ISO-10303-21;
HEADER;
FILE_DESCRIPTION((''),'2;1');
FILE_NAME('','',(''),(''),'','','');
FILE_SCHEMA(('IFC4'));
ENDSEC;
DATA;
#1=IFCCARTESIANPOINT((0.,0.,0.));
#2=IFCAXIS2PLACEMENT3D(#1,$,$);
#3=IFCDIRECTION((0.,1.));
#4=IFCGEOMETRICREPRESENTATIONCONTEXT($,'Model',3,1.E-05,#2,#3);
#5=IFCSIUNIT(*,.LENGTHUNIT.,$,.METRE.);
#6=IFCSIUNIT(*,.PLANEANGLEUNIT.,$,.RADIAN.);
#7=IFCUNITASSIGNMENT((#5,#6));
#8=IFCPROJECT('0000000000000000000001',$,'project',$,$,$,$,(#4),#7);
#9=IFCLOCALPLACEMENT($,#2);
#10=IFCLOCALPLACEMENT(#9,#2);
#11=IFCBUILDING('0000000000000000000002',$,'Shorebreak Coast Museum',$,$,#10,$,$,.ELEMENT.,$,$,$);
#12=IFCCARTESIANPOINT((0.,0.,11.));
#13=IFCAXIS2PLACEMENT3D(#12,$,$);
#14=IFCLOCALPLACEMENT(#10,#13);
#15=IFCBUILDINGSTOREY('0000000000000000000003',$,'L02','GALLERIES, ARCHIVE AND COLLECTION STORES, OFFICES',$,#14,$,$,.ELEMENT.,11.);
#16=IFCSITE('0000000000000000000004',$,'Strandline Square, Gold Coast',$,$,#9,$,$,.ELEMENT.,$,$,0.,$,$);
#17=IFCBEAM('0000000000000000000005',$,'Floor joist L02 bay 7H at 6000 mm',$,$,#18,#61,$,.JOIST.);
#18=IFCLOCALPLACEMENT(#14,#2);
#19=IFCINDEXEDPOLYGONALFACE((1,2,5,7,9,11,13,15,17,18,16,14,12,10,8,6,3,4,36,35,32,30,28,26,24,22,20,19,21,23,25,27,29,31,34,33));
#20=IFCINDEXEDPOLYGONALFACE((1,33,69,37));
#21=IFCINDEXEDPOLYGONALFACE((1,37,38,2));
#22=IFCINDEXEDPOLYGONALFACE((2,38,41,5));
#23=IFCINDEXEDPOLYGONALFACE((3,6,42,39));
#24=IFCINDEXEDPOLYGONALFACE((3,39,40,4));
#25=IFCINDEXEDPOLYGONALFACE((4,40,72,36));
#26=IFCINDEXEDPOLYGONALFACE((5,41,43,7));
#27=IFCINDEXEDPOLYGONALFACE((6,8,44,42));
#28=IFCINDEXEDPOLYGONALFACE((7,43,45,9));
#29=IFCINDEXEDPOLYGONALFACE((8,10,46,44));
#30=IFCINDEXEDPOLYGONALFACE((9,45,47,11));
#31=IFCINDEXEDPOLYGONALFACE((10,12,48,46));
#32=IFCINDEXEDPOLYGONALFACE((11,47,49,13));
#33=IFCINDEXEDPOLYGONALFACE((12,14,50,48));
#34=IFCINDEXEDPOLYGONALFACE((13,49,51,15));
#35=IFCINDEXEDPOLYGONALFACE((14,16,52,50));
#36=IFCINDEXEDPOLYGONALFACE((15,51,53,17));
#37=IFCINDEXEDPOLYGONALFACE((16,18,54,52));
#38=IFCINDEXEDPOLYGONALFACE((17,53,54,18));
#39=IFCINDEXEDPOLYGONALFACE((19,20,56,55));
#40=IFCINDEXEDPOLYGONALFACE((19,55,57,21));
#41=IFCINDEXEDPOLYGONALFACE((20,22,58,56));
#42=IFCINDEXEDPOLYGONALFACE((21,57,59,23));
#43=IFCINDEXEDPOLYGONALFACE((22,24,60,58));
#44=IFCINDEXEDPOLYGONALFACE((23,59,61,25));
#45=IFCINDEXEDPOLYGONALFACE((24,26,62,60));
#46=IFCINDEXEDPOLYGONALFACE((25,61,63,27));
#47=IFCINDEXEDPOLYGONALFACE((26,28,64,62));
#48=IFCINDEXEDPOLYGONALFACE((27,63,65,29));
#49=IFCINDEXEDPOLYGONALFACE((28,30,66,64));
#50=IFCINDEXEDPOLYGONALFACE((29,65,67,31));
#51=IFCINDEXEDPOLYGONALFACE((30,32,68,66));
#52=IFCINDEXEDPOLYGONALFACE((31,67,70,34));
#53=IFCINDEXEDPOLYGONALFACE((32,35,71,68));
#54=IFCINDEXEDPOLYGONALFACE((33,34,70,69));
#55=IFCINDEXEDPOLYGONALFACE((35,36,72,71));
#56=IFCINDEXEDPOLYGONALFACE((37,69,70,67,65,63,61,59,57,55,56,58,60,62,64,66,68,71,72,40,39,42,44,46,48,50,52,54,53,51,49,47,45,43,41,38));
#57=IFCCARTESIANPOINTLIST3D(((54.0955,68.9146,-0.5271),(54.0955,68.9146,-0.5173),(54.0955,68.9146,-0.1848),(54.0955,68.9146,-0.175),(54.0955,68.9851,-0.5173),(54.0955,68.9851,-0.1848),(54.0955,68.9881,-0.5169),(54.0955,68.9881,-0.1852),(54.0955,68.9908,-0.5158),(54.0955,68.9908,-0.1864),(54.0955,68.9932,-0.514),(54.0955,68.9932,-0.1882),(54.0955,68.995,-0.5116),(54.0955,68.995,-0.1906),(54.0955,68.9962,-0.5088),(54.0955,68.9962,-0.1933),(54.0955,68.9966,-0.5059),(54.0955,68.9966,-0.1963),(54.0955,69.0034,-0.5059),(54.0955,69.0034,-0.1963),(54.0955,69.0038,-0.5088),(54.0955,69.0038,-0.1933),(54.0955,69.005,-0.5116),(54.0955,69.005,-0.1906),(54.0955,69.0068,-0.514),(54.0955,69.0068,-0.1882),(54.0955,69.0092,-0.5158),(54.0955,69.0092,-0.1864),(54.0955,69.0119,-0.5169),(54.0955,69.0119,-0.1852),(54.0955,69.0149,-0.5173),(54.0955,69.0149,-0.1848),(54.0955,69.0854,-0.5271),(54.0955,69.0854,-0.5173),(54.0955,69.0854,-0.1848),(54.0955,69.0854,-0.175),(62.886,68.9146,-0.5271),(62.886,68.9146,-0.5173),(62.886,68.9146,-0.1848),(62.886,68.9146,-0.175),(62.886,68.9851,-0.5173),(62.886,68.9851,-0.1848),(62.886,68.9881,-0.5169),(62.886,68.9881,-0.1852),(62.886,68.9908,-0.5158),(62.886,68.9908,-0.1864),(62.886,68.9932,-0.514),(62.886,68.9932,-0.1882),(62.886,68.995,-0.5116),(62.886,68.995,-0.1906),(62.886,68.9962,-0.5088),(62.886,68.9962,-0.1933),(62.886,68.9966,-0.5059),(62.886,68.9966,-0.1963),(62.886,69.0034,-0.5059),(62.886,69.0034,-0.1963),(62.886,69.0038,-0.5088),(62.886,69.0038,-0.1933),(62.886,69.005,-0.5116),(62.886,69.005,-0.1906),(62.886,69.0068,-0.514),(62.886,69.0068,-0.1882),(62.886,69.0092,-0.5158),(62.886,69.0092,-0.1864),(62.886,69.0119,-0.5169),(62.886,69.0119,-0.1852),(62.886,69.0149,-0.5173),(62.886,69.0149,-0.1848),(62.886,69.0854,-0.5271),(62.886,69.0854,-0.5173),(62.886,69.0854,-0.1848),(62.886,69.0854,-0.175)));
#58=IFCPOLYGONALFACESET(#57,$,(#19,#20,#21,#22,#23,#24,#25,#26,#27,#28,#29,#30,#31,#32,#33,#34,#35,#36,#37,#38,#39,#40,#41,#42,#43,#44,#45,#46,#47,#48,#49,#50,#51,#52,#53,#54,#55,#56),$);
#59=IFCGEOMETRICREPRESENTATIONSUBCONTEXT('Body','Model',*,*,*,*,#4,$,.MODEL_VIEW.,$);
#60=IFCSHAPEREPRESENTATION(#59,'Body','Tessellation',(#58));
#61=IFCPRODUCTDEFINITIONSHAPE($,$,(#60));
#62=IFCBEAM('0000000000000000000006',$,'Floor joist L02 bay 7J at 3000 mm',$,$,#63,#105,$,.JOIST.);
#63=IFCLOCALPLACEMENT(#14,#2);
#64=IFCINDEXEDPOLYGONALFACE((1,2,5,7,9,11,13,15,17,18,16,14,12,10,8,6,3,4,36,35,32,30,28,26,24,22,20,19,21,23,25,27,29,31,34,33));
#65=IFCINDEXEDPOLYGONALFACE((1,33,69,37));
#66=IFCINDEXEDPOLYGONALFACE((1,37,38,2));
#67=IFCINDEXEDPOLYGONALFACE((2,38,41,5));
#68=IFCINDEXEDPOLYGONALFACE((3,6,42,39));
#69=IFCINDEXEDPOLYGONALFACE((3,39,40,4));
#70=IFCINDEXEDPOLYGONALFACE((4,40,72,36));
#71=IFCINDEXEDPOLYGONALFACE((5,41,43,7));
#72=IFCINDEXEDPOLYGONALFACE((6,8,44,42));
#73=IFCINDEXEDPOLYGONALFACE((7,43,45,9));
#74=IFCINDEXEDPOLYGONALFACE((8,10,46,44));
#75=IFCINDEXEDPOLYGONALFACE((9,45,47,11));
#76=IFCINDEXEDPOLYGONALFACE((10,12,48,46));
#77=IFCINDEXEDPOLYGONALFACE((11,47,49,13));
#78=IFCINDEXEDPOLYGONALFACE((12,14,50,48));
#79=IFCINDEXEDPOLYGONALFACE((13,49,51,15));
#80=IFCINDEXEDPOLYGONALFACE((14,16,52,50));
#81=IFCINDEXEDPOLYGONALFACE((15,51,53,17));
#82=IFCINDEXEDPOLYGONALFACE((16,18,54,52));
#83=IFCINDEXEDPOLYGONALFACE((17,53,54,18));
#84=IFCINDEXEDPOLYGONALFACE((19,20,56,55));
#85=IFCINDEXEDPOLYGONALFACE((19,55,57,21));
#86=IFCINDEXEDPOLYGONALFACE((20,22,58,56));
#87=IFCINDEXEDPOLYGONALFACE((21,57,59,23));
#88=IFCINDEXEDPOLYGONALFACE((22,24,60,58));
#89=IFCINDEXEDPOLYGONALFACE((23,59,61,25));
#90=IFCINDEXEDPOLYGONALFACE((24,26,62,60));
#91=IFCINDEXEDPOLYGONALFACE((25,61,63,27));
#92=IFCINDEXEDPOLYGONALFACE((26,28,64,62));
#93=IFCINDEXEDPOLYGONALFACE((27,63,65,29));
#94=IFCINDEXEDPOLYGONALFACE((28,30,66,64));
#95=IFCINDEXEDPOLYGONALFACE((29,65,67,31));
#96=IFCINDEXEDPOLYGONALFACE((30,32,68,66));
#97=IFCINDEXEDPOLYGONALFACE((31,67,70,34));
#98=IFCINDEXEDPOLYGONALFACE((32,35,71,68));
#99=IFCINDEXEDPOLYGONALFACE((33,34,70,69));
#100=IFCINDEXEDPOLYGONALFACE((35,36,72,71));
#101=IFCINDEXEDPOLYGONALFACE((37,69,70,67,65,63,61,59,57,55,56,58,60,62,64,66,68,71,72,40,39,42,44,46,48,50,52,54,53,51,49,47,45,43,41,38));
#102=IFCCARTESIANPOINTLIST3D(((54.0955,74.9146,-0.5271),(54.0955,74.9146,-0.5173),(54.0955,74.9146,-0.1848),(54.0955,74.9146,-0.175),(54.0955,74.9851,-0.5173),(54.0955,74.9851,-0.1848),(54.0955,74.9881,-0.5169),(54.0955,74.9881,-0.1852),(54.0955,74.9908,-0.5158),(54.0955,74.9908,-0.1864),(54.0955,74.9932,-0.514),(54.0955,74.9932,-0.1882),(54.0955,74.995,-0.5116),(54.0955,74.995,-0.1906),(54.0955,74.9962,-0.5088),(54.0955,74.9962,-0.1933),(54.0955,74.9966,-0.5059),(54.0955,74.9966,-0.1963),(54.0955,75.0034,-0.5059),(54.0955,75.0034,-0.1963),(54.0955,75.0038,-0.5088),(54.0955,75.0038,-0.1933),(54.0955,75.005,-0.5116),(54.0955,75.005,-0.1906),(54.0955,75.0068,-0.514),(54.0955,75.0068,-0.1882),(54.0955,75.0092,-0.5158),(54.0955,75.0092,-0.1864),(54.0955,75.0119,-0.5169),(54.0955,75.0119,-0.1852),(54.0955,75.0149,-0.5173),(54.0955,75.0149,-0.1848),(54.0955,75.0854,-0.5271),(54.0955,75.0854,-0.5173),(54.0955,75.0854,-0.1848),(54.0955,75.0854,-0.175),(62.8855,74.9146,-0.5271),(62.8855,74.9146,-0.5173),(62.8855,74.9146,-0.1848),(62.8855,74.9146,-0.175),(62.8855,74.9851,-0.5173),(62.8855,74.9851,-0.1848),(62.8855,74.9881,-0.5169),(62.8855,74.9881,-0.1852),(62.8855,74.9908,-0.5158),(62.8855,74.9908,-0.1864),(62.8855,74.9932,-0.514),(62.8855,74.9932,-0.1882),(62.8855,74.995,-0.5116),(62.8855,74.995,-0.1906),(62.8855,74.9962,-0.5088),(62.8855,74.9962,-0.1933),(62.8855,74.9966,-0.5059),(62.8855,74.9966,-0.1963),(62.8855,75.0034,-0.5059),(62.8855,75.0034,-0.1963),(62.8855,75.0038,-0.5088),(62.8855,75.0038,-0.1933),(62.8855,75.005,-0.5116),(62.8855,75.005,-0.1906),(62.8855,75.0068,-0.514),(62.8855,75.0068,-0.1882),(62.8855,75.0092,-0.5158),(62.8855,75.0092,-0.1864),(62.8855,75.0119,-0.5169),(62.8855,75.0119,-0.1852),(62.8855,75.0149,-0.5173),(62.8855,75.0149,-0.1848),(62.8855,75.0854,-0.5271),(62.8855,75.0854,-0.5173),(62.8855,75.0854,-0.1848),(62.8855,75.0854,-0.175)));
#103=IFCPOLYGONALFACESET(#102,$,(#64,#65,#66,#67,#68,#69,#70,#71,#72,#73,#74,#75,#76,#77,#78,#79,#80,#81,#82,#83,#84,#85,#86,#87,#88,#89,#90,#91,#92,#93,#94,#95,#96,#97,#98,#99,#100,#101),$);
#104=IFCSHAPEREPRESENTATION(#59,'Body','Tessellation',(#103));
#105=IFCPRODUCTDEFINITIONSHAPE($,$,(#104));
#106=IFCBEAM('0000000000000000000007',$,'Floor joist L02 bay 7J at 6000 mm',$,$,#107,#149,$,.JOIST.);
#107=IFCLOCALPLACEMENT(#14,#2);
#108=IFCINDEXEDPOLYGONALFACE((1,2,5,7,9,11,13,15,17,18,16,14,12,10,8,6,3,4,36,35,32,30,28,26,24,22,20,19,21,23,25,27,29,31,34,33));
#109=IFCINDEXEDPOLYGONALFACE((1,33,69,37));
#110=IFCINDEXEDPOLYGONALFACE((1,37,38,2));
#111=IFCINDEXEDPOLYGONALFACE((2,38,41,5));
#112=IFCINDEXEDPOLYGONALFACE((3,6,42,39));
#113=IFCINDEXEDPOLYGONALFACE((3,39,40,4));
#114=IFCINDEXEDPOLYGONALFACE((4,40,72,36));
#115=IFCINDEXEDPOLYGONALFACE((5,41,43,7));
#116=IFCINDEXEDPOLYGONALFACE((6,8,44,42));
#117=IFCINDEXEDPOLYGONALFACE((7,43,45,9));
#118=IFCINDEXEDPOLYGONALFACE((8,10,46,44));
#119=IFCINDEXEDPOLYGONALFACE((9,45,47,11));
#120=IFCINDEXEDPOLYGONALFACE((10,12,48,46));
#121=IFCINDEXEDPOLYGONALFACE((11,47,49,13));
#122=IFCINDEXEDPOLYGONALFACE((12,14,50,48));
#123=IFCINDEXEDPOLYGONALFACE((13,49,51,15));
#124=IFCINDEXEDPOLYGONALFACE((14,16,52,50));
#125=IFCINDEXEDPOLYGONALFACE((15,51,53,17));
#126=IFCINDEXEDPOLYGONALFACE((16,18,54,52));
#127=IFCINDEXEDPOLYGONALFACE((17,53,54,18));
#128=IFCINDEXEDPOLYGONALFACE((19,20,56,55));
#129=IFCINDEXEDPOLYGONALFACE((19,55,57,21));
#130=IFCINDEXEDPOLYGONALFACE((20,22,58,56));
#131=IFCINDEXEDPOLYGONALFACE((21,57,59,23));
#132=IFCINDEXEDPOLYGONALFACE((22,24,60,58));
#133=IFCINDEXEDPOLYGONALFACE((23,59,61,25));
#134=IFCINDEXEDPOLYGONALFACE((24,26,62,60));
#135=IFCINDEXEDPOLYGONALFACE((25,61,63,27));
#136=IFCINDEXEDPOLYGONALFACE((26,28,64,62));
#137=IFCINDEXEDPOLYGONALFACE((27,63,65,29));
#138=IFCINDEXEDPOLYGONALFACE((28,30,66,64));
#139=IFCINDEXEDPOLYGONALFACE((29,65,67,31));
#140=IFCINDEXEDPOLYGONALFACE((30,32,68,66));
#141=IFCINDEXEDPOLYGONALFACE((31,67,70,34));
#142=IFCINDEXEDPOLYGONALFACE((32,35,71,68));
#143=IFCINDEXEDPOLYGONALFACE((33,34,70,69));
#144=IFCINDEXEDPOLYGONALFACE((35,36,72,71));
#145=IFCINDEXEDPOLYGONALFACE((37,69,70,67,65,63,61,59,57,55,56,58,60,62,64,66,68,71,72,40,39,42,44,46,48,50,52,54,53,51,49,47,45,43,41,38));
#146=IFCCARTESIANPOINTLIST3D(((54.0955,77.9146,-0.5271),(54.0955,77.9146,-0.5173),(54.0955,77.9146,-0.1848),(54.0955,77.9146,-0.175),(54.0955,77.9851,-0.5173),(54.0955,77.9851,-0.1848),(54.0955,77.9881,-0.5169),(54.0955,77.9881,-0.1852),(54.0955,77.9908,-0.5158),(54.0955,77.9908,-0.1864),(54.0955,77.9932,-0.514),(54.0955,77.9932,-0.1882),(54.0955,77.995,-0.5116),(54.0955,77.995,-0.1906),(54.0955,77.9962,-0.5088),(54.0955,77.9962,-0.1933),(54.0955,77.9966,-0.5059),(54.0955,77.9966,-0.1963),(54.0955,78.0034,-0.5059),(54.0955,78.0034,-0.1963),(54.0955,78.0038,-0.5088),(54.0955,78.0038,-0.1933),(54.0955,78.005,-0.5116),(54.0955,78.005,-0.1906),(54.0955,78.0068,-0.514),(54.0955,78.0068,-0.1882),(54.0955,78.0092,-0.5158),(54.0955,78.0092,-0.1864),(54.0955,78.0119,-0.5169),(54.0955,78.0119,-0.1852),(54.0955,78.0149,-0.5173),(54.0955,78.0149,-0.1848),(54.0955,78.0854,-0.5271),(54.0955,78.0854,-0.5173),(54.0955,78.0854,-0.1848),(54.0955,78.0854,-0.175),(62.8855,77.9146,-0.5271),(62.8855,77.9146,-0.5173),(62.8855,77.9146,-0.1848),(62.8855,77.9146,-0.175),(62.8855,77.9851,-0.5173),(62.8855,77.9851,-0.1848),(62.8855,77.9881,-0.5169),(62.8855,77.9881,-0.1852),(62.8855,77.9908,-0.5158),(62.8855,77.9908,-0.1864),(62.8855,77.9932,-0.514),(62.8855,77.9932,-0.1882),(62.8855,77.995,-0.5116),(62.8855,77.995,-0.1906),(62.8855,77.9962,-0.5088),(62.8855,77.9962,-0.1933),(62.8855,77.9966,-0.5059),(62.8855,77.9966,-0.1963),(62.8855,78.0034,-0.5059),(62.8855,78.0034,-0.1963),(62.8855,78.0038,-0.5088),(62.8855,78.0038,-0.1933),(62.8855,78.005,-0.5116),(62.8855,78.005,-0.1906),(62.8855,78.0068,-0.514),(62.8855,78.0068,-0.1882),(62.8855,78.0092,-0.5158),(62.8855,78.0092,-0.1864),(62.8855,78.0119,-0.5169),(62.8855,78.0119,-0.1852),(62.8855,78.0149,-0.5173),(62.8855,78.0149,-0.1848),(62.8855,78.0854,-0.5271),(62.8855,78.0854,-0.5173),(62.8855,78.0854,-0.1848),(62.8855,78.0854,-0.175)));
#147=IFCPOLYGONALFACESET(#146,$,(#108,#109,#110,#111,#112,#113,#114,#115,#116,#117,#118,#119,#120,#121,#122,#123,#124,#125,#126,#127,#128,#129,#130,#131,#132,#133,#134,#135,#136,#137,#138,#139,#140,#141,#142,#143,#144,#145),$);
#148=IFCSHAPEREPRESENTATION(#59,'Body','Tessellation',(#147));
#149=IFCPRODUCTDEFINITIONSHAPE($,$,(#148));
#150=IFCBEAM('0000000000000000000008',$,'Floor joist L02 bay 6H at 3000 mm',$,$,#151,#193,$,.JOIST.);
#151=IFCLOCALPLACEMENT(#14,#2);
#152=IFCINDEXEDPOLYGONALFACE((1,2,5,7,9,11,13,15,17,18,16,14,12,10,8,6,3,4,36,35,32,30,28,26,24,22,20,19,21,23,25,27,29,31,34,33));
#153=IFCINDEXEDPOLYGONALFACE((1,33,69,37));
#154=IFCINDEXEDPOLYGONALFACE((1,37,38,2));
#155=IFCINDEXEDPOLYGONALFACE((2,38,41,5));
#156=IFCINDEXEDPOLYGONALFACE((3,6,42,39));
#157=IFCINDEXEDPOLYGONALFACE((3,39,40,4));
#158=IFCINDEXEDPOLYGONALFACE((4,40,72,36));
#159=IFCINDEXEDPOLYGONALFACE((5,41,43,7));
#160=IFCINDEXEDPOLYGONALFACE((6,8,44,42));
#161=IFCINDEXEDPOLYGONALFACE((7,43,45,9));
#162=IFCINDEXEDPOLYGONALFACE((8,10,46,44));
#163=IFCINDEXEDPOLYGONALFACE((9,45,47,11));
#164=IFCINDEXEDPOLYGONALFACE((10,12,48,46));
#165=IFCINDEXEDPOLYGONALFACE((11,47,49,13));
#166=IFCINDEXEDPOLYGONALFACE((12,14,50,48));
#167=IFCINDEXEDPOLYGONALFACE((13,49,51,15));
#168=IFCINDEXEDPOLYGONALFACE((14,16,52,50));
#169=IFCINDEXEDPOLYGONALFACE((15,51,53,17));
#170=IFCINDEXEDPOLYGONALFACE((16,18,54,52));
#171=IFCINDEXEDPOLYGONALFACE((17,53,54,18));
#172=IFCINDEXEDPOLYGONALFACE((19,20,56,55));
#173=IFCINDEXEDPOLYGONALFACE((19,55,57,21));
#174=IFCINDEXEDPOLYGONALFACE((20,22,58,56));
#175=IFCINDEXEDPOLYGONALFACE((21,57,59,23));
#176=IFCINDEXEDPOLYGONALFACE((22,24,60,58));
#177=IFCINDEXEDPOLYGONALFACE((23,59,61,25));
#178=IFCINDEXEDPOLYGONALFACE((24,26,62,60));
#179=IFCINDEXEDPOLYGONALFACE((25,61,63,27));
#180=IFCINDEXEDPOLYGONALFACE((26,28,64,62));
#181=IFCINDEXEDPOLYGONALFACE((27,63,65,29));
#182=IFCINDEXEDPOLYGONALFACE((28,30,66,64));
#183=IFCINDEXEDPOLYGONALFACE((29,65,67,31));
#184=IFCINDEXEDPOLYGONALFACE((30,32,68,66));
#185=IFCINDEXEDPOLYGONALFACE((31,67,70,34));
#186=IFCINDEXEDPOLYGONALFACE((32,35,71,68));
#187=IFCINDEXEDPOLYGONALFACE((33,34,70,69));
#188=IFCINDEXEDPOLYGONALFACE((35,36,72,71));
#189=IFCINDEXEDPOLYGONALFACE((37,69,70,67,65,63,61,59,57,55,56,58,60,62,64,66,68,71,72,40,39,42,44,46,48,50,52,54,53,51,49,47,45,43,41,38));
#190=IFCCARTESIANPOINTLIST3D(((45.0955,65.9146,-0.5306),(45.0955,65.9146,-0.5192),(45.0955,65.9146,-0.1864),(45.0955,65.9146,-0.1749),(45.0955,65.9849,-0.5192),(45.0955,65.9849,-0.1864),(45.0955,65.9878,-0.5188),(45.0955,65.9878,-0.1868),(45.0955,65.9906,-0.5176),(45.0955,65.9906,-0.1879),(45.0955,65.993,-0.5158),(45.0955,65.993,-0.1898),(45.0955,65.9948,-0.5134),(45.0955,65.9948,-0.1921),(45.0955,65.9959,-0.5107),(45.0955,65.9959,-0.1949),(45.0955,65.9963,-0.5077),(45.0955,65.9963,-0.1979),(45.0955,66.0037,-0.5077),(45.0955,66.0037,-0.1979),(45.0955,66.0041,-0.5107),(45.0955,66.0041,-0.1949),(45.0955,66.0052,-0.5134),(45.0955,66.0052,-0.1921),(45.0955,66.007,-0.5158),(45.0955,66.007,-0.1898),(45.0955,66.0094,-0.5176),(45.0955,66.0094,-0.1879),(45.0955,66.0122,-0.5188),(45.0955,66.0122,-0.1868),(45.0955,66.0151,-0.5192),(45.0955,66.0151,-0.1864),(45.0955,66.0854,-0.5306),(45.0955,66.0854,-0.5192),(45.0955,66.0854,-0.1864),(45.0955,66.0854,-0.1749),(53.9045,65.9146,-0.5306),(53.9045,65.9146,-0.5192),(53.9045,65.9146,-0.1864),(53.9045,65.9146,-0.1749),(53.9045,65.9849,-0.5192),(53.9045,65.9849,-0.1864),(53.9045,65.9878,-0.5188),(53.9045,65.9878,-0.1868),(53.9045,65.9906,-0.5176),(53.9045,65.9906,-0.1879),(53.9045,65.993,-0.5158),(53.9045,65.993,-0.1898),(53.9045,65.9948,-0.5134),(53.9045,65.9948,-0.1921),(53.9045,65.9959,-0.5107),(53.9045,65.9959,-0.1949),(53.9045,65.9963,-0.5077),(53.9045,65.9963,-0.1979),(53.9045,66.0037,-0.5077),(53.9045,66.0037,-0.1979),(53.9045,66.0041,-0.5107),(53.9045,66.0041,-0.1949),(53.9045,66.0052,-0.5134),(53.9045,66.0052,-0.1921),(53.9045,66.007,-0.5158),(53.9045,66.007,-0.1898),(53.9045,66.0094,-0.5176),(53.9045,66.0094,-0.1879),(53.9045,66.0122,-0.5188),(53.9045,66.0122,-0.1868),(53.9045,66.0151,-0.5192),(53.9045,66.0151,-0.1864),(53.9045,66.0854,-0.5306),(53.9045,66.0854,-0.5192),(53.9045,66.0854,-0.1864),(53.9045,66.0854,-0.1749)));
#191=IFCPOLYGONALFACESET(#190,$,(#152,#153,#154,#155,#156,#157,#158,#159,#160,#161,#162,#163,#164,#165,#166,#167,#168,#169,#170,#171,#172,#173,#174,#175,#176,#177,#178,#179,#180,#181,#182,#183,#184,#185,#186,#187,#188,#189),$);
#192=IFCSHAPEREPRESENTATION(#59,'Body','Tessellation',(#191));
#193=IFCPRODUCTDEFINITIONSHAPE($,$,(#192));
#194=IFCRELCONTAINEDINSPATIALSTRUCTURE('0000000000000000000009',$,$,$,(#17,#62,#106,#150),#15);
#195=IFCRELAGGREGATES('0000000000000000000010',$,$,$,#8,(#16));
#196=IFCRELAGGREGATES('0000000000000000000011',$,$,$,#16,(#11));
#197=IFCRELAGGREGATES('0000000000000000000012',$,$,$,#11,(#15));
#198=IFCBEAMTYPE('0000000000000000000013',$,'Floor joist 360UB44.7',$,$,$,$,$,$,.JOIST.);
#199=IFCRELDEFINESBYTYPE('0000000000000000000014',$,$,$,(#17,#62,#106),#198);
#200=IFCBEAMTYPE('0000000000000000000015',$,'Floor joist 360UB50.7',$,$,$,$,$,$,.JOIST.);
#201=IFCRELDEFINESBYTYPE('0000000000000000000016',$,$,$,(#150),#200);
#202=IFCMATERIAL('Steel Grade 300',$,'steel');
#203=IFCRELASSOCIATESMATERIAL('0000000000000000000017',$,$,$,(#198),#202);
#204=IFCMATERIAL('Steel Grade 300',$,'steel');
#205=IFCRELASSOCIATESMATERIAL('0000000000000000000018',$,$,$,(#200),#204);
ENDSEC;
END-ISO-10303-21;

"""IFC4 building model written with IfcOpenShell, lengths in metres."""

from ifc_helpers import new_model, si_unit, direction, frame, origin, origin_2d, place, context, subcontext, project, spatial, i_section, extrude, material, material_profile, profile_set, type_object, element, save


model = new_model("IFC4")

# Units and contexts
model_context = context("Model", 3, precision=1e-05, world=origin(), true_north=direction((0.0, 1.0)))
body_context = subcontext(model_context, "Body", "Model", "MODEL_VIEW")
ifc_project = project(units=[si_unit("LENGTHUNIT", "METRE"), si_unit("PLANEANGLEUNIT", "RADIAN")], contexts=[model_context])

# Site, building, storey
site_placement = place(None, origin())
site = spatial("IfcSite", under=ifc_project, at=site_placement, Name="Strandline Square, Gold Coast", CompositionType="ELEMENT", RefElevation=0.0)
building_placement = place(site_placement, origin())
building = spatial("IfcBuilding", under=site, at=building_placement, Name="Shorebreak Coast Museum", CompositionType="ELEMENT")
storey_placement = place(building_placement, frame((0.0, 0.0, 11.0)))
storey = spatial("IfcBuildingStorey", under=building, at=storey_placement, Name="L02", Description="GALLERIES, ARCHIVE AND COLLECTION STORES, OFFICES", CompositionType="ELEMENT", Elevation=11.0)

# Beams
ifc_material_1 = material(Name="Steel Grade 300", Category="steel")
ifc_material_profile_1 = material_profile(ifc_material_1, i_section(OverallWidth=0.1709, OverallDepth=0.3521, WebThickness=0.0068, FlangeThickness=0.0098, FilletRadius=0.0115, at=origin_2d()), Name="360UB44.7")
ifc_profile_set_1 = profile_set([ifc_material_profile_1], Name="Steel Grade 300")
beam_type_1 = type_object("IfcBeamType", Name="Floor joist 360UB44.7", PredefinedType="JOIST", material=ifc_profile_set_1)
for number, where, z_axis, x_axis, name in (
    (1, (54.0955, 69.0, -0.3511), (1.0, 0.0, 0.0), (0.0, 1.0, 0.0), "Floor joist L02 bay 7H at 6000 mm"),
):
    element("IfcBeam", number, at=place(storey_placement, frame(where, z_axis=z_axis, x_axis=x_axis)), inside=storey, type_object=beam_type_1, Name=name, PredefinedType="JOIST", context=body_context, shape_type="SweptSolid", body=[
        extrude(i_section(OverallWidth=0.1709, OverallDepth=0.3521, WebThickness=0.0068, FlangeThickness=0.0098, FilletRadius=0.0115, at=origin_2d()), origin(), (0.0, 0.0, 1.0), 8.7905),
    ])
for number, where, z_axis, x_axis, name in (
    (2, (54.0955, 75.0, -0.3511), (1.0, 0.0, 0.0), (0.0, 1.0, 0.0), "Floor joist L02 bay 7J at 3000 mm"),
    (3, (54.0955, 78.0, -0.3511), (1.0, 0.0, 0.0), (0.0, 1.0, 0.0), "Floor joist L02 bay 7J at 6000 mm"),
):
    element("IfcBeam", number, at=place(storey_placement, frame(where, z_axis=z_axis, x_axis=x_axis)), inside=storey, type_object=beam_type_1, Name=name, PredefinedType="JOIST", context=body_context, shape_type="SweptSolid", body=[
        extrude(i_section(OverallWidth=0.1709, OverallDepth=0.3521, WebThickness=0.0068, FlangeThickness=0.0098, FilletRadius=0.0115, at=origin_2d()), origin(), (0.0, 0.0, 1.0), 8.79),
    ])
ifc_material_2 = material(Name="Steel Grade 300", Category="steel")
ifc_material_profile_2 = material_profile(ifc_material_2, i_section(OverallWidth=0.1709, OverallDepth=0.3557, WebThickness=0.0073, FlangeThickness=0.0115, FilletRadius=0.0115, at=origin_2d()), Name="360UB50.7")
ifc_profile_set_2 = profile_set([ifc_material_profile_2], Name="Steel Grade 300")
beam_type_2 = type_object("IfcBeamType", Name="Floor joist 360UB50.7", PredefinedType="JOIST", material=ifc_profile_set_2)
for number, where, z_axis, x_axis, name in (
    (4, (45.0955, 66.0, -0.3528), (1.0, 0.0, 0.0), (0.0, 1.0, 0.0), "Floor joist L02 bay 6H at 3000 mm"),
):
    element("IfcBeam", number, at=place(storey_placement, frame(where, z_axis=z_axis, x_axis=x_axis)), inside=storey, type_object=beam_type_2, Name=name, PredefinedType="JOIST", context=body_context, shape_type="SweptSolid", body=[
        extrude(i_section(OverallWidth=0.1709, OverallDepth=0.3557, WebThickness=0.0073, FlangeThickness=0.0115, FilletRadius=0.0115, at=origin_2d()), origin(), (0.0, 0.0, 1.0), 8.8091),
    ])

save(model, "model.ifc")
